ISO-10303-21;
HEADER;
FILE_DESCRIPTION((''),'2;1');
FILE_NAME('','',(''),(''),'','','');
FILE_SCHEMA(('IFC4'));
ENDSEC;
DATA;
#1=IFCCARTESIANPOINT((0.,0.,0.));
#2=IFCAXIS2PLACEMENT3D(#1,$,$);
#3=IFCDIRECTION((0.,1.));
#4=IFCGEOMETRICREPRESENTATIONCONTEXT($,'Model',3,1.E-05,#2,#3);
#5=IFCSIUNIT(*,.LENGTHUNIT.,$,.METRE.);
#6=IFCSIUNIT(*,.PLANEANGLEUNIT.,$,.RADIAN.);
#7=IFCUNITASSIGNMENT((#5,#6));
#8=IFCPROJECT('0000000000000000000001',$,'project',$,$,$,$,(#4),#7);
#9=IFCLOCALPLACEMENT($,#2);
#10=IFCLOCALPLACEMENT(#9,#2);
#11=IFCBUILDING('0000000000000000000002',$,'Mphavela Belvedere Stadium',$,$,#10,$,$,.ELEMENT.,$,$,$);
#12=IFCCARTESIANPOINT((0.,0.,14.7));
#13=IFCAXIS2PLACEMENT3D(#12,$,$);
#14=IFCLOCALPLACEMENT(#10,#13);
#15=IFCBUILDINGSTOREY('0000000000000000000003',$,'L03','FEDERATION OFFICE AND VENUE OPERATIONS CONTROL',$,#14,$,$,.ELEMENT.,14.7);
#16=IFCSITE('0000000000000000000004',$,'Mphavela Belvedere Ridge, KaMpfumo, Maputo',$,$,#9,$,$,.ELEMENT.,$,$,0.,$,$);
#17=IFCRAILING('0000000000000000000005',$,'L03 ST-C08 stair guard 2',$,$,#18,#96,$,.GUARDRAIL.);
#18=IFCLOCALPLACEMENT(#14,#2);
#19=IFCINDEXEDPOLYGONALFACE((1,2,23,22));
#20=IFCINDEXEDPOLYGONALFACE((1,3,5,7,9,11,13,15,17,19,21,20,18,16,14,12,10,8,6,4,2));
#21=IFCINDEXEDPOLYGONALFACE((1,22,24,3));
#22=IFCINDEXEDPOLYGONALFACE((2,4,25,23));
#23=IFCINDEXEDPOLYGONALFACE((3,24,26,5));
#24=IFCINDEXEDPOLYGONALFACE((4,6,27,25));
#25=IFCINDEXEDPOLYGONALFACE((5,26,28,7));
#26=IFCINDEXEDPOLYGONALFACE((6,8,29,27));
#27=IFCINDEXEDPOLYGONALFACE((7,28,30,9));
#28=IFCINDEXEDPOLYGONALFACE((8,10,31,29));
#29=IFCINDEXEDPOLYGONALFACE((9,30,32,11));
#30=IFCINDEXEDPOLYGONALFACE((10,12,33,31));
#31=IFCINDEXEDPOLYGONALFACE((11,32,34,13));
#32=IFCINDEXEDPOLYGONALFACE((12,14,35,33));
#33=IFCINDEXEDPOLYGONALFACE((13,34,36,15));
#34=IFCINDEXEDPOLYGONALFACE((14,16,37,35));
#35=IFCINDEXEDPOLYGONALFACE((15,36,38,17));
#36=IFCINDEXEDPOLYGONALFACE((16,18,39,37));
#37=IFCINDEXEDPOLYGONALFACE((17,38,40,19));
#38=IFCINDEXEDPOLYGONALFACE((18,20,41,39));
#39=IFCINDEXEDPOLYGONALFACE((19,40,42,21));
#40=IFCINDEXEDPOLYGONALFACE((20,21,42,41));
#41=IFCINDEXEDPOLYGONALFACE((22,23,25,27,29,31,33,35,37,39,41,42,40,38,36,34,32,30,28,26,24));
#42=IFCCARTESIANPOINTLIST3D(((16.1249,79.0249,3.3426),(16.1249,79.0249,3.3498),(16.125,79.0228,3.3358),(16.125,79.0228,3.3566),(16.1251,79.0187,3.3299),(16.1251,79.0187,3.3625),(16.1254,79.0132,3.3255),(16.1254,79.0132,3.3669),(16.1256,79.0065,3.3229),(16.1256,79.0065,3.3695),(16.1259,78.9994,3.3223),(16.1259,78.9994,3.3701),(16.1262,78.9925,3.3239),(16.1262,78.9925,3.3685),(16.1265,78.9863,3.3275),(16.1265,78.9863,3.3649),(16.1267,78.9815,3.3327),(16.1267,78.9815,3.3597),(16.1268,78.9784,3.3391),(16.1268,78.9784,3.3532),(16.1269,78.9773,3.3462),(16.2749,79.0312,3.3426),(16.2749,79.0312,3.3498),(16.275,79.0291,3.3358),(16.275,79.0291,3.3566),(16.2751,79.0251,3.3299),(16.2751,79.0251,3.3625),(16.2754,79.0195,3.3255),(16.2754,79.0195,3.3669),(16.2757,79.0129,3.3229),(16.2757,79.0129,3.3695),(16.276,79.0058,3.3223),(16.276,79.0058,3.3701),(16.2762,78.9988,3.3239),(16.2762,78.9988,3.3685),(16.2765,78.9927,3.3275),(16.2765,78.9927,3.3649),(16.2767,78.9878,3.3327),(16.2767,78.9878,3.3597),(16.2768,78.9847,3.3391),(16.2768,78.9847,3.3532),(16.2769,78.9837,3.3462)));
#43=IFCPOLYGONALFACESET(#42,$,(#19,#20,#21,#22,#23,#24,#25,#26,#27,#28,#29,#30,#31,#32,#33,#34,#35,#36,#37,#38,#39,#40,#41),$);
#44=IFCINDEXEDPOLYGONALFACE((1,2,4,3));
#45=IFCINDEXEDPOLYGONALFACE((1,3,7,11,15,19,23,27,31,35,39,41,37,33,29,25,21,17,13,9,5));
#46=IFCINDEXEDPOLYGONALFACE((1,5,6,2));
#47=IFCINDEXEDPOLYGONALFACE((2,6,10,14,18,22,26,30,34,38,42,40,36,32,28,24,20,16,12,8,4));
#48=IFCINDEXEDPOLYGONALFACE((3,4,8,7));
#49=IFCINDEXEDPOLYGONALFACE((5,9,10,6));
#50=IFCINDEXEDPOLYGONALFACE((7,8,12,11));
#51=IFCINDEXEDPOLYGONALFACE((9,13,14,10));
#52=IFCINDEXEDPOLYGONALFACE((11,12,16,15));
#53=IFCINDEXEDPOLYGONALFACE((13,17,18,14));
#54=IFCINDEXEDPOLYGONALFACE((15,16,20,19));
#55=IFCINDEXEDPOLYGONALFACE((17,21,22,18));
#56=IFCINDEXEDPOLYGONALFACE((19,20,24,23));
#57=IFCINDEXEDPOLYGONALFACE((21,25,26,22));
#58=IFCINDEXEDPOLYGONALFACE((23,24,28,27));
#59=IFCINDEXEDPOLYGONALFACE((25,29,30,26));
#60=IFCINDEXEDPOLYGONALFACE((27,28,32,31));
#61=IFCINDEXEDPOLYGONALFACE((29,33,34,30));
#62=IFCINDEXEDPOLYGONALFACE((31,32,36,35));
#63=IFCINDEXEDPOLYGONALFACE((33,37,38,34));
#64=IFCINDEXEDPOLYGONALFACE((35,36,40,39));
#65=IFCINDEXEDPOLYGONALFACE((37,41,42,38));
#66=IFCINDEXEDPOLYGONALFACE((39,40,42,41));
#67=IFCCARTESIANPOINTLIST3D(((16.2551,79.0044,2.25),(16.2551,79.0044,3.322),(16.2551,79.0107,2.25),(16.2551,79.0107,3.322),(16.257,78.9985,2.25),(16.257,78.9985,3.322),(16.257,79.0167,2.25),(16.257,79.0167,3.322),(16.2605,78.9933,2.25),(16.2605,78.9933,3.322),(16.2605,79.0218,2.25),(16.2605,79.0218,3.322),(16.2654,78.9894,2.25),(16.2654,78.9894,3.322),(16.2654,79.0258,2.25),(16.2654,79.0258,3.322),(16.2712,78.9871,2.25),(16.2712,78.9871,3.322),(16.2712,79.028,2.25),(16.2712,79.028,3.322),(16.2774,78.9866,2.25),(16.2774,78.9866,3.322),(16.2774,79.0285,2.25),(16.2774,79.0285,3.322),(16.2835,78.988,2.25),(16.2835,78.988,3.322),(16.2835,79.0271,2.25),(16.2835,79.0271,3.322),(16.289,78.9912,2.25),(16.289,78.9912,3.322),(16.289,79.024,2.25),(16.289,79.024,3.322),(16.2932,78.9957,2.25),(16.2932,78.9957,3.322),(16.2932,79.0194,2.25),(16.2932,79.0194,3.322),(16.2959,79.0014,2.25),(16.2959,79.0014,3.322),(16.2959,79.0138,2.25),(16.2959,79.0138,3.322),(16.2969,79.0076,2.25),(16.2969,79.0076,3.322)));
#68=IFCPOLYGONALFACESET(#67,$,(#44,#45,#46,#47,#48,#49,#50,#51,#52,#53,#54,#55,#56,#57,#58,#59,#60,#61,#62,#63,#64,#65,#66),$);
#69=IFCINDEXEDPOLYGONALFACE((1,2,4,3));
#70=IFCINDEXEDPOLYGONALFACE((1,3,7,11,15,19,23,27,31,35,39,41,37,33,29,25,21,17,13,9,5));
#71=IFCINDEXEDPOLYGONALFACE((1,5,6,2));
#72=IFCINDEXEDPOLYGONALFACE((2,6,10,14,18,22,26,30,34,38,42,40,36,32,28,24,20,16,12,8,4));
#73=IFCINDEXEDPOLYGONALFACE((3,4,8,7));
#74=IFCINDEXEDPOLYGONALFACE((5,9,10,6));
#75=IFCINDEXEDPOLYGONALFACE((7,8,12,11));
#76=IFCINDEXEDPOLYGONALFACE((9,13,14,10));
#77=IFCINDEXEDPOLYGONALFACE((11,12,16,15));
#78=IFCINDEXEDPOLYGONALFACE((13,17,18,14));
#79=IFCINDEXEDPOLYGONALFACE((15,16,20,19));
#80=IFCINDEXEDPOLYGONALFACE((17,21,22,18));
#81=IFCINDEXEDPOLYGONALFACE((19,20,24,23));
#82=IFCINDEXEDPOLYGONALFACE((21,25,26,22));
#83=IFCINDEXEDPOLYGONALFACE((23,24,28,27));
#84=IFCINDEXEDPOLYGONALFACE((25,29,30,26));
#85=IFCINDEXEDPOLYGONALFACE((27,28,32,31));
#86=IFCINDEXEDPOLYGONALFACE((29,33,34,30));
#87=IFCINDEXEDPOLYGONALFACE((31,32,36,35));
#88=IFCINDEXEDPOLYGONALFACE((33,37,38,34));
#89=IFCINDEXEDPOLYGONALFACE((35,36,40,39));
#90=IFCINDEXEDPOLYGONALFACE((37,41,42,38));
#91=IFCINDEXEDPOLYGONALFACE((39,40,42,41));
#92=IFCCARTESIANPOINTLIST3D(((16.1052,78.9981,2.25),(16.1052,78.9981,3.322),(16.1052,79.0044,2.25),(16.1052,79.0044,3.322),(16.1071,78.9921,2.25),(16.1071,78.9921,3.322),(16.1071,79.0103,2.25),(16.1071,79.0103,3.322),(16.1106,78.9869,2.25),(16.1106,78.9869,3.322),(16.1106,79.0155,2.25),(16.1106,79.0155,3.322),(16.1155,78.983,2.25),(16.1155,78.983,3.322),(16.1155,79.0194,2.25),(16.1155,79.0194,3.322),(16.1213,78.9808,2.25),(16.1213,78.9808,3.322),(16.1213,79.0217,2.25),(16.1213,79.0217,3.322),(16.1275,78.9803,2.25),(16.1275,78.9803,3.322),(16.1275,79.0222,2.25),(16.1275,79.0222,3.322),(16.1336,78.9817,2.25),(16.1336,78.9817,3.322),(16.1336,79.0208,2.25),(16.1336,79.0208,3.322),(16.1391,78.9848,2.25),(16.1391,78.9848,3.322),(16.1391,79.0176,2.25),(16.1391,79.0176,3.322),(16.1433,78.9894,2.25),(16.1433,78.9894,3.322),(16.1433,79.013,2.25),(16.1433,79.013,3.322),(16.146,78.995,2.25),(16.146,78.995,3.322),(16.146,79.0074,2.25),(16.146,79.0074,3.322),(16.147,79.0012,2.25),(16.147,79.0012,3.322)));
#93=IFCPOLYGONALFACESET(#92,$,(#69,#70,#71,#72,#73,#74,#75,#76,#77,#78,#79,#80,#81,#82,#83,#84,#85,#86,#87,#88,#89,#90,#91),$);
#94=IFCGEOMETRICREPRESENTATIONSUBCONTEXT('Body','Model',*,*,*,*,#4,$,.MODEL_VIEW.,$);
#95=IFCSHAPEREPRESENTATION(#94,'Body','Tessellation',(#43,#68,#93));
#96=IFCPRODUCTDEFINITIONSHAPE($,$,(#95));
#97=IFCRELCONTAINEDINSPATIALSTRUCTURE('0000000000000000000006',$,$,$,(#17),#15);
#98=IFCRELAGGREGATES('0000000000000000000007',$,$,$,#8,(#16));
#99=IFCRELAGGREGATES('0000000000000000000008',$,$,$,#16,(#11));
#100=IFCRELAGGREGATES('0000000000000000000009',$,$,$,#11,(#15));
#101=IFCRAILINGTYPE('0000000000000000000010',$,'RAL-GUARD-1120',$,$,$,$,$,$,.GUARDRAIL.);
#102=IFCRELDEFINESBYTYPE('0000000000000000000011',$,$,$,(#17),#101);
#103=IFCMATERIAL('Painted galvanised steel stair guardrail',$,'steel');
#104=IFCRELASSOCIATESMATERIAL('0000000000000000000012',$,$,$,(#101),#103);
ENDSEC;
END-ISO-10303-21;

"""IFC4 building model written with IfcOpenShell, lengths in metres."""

from ifc_helpers import new_model, si_unit, direction, frame, origin, origin_2d, place, context, subcontext, project, spatial, circle, extrude, material, type_object, element, save


model = new_model("IFC4")

# Units and contexts
model_context = context("Model", 3, precision=1e-05, world=origin(), true_north=direction((0.0, 1.0)))
body_context = subcontext(model_context, "Body", "Model", "MODEL_VIEW")
ifc_project = project(units=[si_unit("LENGTHUNIT", "METRE"), si_unit("PLANEANGLEUNIT", "RADIAN")], contexts=[model_context])

# Site, building, storey
site_placement = place(None, origin())
site = spatial("IfcSite", under=ifc_project, at=site_placement, Name="Mphavela Belvedere Ridge, KaMpfumo, Maputo", CompositionType="ELEMENT", RefElevation=0.0)
building_placement = place(site_placement, origin())
building = spatial("IfcBuilding", under=site, at=building_placement, Name="Mphavela Belvedere Stadium", CompositionType="ELEMENT")
storey_placement = place(building_placement, frame((0.0, 0.0, 14.7)))
storey = spatial("IfcBuildingStorey", under=building, at=storey_placement, Name="L03", Description="FEDERATION OFFICE AND VENUE OPERATIONS CONTROL", CompositionType="ELEMENT", Elevation=14.7)

# Railing
ifc_material_1 = material(Name="Painted galvanised steel stair guardrail", Category="steel")
railing_type_1 = type_object("IfcRailingType", Name="RAL-GUARD-1120", PredefinedType="GUARDRAIL", material=ifc_material_1)
railing_1_placement = place(storey_placement, frame((16.2759, 79.0076, 2.25)))
element("IfcRailing", 1, at=railing_1_placement, inside=storey, type_object=railing_type_1, Name="L03 ST-C08 stair guard 2", PredefinedType="GUARDRAIL", context=body_context, shape_type="SweptSolid", body=[
    extrude(circle(Radius=0.0239, at=origin_2d()), frame((0.0, 0.0, 1.0962), z_axis=(-0.999105, -0.042307, 0.0), x_axis=(0.042307, -0.999105, 0.0)), (0.0, 0.0, 1.0), 0.1501),
    extrude(circle(Radius=0.021, at=origin_2d()), origin(), (0.0, 0.0, 1.0), 1.072),
    extrude(circle(Radius=0.021, at=origin_2d()), frame((-0.1499, -0.0063, 0.0)), (0.0, 0.0, 1.0), 1.072),
])

save(model, "model.ifc")
